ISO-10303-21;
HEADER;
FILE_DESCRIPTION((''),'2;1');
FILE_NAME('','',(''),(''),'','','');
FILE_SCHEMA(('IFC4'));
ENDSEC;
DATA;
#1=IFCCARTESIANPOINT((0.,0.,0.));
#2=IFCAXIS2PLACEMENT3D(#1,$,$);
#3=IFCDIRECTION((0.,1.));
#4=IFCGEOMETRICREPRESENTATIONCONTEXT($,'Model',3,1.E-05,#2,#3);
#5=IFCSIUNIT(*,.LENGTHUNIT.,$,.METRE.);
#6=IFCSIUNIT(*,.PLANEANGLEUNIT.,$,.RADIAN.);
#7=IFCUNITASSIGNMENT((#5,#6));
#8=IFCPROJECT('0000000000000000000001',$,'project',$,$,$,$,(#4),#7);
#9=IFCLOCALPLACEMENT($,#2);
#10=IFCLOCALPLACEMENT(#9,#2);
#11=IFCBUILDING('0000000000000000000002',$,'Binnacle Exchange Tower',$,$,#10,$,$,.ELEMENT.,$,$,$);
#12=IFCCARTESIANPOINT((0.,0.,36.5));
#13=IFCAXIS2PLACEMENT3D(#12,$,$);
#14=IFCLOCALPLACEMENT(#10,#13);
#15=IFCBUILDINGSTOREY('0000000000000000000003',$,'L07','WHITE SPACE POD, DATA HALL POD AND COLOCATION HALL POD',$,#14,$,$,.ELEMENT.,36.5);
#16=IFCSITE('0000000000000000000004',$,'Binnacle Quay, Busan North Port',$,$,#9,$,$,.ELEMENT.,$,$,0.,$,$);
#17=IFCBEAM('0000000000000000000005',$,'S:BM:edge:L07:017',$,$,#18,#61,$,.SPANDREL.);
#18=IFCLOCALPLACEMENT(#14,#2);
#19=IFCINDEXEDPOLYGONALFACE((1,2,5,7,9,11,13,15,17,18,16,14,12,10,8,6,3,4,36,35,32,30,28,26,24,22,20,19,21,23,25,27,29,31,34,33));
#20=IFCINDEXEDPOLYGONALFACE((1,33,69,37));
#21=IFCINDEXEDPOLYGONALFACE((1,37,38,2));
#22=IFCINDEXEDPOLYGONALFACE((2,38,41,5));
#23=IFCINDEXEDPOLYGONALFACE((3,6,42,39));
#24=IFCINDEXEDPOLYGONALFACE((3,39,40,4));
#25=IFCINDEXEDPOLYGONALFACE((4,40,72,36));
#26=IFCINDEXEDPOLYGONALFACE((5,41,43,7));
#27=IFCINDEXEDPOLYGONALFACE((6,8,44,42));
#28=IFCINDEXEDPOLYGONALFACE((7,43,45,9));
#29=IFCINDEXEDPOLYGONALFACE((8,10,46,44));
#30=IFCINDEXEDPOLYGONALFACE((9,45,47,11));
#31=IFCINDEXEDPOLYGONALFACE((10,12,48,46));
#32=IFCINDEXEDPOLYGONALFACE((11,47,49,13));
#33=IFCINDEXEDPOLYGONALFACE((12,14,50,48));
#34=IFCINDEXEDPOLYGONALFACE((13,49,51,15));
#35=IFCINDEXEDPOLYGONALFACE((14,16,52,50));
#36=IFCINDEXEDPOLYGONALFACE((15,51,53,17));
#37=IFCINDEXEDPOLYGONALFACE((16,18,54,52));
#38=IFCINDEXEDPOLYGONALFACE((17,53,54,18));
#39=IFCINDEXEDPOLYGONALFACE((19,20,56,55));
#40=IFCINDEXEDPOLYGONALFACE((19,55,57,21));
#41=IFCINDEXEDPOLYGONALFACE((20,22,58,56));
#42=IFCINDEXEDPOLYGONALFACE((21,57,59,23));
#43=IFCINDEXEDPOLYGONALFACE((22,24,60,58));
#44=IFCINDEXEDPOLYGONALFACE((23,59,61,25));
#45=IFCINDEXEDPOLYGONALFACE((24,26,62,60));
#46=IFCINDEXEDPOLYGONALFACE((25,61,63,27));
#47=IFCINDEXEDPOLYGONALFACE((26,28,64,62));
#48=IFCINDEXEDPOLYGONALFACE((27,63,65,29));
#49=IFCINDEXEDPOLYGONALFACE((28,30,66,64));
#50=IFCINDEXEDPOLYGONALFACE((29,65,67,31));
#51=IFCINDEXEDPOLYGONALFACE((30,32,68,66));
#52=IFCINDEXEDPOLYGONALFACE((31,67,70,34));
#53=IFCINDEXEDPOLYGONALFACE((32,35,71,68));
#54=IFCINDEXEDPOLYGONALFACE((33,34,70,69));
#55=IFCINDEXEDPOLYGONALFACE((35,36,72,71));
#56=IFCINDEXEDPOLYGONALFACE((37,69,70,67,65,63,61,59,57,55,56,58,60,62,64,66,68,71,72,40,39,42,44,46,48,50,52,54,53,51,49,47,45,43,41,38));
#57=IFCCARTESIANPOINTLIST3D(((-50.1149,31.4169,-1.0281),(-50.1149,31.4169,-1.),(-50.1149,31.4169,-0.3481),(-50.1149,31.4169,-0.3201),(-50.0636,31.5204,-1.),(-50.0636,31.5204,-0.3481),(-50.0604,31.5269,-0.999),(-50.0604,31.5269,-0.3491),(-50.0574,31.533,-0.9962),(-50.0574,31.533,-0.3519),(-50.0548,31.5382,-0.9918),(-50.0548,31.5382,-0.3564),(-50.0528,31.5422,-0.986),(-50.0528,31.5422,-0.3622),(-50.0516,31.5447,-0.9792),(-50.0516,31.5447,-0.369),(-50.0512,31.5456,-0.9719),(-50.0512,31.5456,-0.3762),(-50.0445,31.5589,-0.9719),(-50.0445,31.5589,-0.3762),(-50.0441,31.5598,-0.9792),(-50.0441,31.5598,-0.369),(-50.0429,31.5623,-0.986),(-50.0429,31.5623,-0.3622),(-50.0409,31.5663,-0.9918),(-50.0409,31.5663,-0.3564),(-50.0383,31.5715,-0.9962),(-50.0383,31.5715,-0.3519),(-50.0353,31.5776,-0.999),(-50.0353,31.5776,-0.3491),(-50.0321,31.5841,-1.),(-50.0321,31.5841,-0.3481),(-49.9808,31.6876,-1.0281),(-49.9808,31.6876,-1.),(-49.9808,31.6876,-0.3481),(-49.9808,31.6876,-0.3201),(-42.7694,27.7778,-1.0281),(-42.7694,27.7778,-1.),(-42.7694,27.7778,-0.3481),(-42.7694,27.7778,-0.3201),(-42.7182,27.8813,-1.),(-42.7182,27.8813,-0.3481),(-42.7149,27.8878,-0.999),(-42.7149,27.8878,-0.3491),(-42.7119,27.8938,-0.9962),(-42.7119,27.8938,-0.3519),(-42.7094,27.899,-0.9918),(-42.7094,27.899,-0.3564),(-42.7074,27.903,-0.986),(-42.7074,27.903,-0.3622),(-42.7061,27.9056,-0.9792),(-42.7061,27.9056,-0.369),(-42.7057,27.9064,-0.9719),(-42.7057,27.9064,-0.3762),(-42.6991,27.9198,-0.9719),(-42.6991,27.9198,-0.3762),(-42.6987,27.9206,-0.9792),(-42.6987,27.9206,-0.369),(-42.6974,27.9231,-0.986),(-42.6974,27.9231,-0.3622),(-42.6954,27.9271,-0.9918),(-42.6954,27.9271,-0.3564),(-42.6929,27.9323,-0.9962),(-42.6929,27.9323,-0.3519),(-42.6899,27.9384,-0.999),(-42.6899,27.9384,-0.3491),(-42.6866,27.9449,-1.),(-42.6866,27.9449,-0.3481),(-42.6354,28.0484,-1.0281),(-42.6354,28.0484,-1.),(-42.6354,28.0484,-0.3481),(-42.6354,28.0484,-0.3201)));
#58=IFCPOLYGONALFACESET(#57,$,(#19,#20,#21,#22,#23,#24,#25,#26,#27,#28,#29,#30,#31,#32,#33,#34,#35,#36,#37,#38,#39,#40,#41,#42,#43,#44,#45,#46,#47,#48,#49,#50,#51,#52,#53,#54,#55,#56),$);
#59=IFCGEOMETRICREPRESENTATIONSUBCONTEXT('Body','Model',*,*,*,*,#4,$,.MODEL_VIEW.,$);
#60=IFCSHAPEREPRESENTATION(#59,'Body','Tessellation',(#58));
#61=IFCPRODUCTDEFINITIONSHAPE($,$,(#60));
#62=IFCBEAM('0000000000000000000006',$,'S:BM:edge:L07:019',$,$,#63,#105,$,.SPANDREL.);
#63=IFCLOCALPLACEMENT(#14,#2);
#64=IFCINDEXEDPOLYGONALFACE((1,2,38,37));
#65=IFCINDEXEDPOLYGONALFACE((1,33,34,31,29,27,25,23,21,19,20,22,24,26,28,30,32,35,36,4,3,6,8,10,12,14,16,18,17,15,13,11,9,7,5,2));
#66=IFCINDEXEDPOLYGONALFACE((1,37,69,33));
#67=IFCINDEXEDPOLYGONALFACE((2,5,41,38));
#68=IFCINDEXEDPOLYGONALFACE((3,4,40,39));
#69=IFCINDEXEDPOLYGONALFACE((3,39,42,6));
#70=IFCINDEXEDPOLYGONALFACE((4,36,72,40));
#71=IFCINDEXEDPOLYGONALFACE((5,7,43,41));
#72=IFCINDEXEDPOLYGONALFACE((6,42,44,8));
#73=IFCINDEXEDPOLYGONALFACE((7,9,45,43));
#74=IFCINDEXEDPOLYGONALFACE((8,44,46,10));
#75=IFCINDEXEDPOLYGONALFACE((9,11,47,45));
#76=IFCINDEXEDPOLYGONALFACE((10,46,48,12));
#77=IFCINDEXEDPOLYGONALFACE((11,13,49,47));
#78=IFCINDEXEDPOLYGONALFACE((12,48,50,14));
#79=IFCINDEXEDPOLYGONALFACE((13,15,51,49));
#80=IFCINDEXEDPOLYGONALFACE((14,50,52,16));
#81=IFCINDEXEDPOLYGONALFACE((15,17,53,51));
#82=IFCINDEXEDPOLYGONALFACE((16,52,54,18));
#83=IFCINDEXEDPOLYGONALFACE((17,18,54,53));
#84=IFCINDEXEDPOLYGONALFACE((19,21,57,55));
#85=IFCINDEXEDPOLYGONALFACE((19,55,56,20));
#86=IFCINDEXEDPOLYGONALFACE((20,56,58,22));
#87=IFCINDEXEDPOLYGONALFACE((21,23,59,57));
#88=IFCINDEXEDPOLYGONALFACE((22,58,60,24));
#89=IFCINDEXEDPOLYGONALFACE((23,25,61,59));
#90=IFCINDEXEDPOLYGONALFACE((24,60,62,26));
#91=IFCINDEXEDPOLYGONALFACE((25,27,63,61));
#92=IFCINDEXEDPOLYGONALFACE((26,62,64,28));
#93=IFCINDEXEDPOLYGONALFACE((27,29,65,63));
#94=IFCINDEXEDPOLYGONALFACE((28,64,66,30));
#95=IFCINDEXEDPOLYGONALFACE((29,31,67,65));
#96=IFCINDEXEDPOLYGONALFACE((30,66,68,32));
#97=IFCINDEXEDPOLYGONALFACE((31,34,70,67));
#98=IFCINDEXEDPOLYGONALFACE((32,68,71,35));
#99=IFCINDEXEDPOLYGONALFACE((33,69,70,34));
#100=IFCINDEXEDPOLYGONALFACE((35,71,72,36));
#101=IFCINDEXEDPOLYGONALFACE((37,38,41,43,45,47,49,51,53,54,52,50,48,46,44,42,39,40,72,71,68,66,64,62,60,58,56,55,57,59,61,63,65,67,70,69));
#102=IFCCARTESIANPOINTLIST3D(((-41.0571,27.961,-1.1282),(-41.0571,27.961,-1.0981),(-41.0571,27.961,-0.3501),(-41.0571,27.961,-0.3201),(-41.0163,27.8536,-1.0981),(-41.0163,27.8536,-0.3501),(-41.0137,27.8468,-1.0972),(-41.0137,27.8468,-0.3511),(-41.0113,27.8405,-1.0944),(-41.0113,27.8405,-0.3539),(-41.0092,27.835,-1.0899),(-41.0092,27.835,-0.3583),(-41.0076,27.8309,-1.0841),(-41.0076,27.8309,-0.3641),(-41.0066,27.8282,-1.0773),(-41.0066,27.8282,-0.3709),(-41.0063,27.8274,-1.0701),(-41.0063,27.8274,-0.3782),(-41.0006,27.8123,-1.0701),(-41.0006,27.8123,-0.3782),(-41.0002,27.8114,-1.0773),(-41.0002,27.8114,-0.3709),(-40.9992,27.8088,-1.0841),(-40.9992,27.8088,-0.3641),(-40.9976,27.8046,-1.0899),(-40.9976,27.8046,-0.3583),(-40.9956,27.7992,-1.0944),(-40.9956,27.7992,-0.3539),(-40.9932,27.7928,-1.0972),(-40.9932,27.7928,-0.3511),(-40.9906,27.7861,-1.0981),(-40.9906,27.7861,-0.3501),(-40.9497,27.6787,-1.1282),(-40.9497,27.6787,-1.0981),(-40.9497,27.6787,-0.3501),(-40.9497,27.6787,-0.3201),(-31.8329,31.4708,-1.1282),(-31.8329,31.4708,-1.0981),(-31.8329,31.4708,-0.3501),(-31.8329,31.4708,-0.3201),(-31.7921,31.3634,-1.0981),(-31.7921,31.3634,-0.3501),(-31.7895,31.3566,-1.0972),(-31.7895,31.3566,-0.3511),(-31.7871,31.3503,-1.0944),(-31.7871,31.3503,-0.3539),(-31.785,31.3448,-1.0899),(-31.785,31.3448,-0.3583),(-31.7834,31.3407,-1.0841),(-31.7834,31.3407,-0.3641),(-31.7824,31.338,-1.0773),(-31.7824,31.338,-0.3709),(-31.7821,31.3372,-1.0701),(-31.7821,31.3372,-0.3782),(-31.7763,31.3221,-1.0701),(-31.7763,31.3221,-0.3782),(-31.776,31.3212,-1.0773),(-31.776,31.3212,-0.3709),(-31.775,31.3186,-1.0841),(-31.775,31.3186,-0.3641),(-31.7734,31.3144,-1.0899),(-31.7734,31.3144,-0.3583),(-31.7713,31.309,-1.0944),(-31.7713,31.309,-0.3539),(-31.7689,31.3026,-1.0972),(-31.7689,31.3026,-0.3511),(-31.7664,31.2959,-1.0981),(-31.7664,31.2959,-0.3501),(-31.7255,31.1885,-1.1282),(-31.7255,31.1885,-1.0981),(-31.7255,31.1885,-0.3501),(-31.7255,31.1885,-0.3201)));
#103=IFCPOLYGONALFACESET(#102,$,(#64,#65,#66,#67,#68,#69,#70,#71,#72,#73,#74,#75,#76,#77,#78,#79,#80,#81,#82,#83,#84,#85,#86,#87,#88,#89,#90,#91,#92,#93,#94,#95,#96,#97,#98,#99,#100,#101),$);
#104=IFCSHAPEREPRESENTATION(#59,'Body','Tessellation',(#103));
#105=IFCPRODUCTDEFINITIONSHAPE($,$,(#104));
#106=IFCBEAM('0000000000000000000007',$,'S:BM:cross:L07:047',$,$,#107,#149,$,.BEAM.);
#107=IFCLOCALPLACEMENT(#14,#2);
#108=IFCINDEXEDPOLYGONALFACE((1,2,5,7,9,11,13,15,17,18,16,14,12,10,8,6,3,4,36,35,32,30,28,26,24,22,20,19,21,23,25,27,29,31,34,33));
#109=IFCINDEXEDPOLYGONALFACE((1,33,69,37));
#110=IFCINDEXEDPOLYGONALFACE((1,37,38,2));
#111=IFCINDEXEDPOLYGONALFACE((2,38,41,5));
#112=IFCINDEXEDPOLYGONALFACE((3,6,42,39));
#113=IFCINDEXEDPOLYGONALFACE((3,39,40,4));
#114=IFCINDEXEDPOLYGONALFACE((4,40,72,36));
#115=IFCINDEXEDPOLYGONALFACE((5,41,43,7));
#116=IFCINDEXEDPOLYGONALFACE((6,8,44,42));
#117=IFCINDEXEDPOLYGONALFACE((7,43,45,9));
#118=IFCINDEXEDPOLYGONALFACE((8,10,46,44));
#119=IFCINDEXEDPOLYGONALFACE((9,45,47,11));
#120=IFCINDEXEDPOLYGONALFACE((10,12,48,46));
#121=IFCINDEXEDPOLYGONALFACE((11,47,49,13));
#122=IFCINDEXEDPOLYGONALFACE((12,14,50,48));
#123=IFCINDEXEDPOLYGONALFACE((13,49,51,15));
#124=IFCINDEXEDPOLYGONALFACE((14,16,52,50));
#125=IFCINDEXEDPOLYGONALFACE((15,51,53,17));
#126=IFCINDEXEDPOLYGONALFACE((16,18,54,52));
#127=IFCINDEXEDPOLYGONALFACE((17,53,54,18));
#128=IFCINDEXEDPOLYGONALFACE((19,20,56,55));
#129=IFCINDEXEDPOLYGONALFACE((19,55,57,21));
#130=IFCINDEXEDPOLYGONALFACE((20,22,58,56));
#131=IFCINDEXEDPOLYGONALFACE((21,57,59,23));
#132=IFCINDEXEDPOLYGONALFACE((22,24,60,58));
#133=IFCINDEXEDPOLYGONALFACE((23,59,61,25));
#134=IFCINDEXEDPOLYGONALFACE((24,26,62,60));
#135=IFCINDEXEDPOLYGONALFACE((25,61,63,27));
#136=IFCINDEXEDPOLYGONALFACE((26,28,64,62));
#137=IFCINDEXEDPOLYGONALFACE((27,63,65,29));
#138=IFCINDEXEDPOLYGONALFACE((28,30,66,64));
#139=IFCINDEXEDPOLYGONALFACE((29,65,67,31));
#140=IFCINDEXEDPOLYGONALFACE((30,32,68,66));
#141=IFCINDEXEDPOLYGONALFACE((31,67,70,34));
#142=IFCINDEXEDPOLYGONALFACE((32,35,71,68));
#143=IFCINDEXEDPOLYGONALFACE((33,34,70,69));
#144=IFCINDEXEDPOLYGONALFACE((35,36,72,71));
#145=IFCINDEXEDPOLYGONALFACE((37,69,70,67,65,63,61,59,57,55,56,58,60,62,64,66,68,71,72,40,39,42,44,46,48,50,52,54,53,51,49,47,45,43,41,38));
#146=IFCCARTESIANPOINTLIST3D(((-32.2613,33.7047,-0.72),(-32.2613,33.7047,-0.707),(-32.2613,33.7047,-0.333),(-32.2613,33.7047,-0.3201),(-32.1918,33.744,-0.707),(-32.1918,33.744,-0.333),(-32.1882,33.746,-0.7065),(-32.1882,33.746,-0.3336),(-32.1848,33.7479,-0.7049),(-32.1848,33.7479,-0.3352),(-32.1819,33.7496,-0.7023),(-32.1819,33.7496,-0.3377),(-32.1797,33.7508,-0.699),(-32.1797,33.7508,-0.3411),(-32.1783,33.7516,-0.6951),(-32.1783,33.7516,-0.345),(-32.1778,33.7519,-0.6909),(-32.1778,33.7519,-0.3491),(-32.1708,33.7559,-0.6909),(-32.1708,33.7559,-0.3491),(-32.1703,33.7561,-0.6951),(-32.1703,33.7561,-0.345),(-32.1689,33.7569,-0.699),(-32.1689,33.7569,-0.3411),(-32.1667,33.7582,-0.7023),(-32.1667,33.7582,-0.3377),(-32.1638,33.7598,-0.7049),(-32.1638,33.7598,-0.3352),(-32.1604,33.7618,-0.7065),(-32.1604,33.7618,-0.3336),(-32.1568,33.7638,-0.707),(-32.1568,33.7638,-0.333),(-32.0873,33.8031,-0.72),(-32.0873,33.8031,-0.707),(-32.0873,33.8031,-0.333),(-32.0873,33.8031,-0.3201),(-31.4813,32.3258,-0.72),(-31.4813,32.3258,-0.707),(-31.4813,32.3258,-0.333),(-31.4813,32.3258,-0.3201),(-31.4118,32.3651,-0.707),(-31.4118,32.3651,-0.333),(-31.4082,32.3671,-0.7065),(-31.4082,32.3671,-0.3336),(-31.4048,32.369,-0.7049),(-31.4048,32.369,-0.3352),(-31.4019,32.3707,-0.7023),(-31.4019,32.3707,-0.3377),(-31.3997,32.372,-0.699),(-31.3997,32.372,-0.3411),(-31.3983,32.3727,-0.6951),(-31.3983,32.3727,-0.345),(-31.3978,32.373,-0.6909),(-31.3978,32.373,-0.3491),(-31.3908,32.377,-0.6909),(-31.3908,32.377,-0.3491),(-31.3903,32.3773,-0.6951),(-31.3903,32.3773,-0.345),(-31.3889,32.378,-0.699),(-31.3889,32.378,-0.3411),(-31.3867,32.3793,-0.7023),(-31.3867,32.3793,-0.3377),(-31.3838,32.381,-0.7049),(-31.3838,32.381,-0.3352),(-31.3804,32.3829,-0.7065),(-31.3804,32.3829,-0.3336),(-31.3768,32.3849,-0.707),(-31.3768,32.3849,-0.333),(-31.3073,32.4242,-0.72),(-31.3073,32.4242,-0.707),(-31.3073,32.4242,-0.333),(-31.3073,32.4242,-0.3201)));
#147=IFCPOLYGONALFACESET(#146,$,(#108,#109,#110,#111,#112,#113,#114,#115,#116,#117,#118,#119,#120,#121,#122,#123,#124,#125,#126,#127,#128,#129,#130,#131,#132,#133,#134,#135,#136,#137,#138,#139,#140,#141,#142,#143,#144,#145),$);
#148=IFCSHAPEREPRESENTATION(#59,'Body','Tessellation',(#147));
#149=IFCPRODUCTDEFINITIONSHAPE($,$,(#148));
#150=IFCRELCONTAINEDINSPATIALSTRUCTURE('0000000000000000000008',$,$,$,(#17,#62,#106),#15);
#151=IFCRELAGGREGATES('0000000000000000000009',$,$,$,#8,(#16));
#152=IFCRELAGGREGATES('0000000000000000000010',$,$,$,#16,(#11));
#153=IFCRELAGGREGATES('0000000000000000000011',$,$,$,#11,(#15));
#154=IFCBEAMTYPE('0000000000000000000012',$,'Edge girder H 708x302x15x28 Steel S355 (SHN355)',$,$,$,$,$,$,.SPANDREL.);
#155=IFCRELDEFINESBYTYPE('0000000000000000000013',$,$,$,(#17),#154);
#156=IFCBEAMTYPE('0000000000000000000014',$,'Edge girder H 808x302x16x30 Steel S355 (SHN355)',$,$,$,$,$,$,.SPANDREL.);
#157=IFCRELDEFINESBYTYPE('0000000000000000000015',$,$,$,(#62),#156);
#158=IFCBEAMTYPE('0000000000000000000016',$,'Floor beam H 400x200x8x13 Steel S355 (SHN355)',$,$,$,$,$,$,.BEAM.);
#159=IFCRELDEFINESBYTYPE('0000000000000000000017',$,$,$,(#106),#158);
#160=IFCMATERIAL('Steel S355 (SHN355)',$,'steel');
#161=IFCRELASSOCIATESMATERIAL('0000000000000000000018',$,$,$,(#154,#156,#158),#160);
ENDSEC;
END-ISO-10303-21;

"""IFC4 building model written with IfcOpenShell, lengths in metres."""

from ifc_helpers import new_model, si_unit, direction, frame, origin, origin_2d, place, context, subcontext, project, spatial, i_section, extrude, material, material_profile, profile_set, type_object, element, save


model = new_model("IFC4")

# Units and contexts
model_context = context("Model", 3, precision=1e-05, world=origin(), true_north=direction((0.0, 1.0)))
body_context = subcontext(model_context, "Body", "Model", "MODEL_VIEW")
ifc_project = project(units=[si_unit("LENGTHUNIT", "METRE"), si_unit("PLANEANGLEUNIT", "RADIAN")], contexts=[model_context])

# Site, building, storey
site_placement = place(None, origin())
site = spatial("IfcSite", under=ifc_project, at=site_placement, Name="Binnacle Quay, Busan North Port", CompositionType="ELEMENT", RefElevation=0.0)
building_placement = place(site_placement, origin())
building = spatial("IfcBuilding", under=site, at=building_placement, Name="Binnacle Exchange Tower", CompositionType="ELEMENT")
storey_placement = place(building_placement, frame((0.0, 0.0, 36.5)))
storey = spatial("IfcBuildingStorey", under=building, at=storey_placement, Name="L07", Description="WHITE SPACE POD, DATA HALL POD AND COLOCATION HALL POD", CompositionType="ELEMENT", Elevation=36.5)

# Beams
ifc_material_1 = material(Name="Steel S355 (SHN355)", Category="steel")
ifc_material_profile_1 = material_profile(ifc_material_1, i_section(OverallWidth=0.302, OverallDepth=0.708, WebThickness=0.0149, FlangeThickness=0.0281, FilletRadius=0.0281, at=origin_2d()), Name="H 708x302x15x28")
ifc_profile_set_1 = profile_set([ifc_material_profile_1], Name="Steel S355 (SHN355)")
beam_type_1 = type_object("IfcBeamType", Name="Edge girder H 708x302x15x28 Steel S355 (SHN355)", PredefinedType="SPANDREL", material=ifc_profile_set_1)
beam_1_placement = place(storey_placement, frame((-50.0479, 31.5522, -0.6741), z_axis=(0.896059, -0.443935, 0.0), x_axis=(0.443935, 0.896059, 0.0)))
element("IfcBeam", 1, at=beam_1_placement, inside=storey, type_object=beam_type_1, Name="S:BM:edge:L07:017", PredefinedType="SPANDREL", context=body_context, shape_type="SweptSolid", body=[
    extrude(i_section(OverallWidth=0.302, OverallDepth=0.708, WebThickness=0.0149, FlangeThickness=0.0281, FilletRadius=0.0281, at=origin_2d()), origin(), (0.0, 0.0, 1.0), 8.1975),
])
ifc_material_profile_2 = material_profile(ifc_material_1, i_section(OverallWidth=0.302, OverallDepth=0.8081, WebThickness=0.0161, FlangeThickness=0.03, FilletRadius=0.0281, at=origin_2d()), Name="H 808x302x16x30")
ifc_profile_set_2 = profile_set([ifc_material_profile_2], Name="Steel S355 (SHN355)")
beam_type_2 = type_object("IfcBeamType", Name="Edge girder H 808x302x16x30 Steel S355 (SHN355)", PredefinedType="SPANDREL", material=ifc_profile_set_2)
beam_2_placement = place(storey_placement, frame((-41.0034, 27.8198, -0.7241), z_axis=(0.934629, 0.355625, 0.0), x_axis=(-0.355625, 0.934629, 0.0)))
element("IfcBeam", 2, at=beam_2_placement, inside=storey, type_object=beam_type_2, Name="S:BM:edge:L07:019", PredefinedType="SPANDREL", context=body_context, shape_type="SweptSolid", body=[
    extrude(i_section(OverallWidth=0.302, OverallDepth=0.8081, WebThickness=0.0161, FlangeThickness=0.03, FilletRadius=0.0281, at=origin_2d()), origin(), (0.0, 0.0, 1.0), 9.8694),
])
ifc_material_profile_3 = material_profile(ifc_material_1, i_section(OverallWidth=0.2, OverallDepth=0.3999, WebThickness=0.0081, FlangeThickness=0.0129, FilletRadius=0.0161, at=origin_2d()), Name="H 400x200x8x13")
ifc_profile_set_3 = profile_set([ifc_material_profile_3], Name="Steel S355 (SHN355)")
beam_type_3 = type_object("IfcBeamType", Name="Floor beam H 400x200x8x13 Steel S355 (SHN355)", PredefinedType="BEAM", material=ifc_profile_set_3)
beam_3_placement = place(storey_placement, frame((-31.3943, 32.375, -0.52), z_axis=(-0.492367, 0.870388, 0.0), x_axis=(-0.870388, -0.492367, 0.0)))
element("IfcBeam", 3, at=beam_3_placement, inside=storey, type_object=beam_type_3, Name="S:BM:cross:L07:047", PredefinedType="BEAM", context=body_context, shape_type="SweptSolid", body=[
    extrude(i_section(OverallWidth=0.2, OverallDepth=0.3999, WebThickness=0.0081, FlangeThickness=0.0129, FilletRadius=0.0161, at=origin_2d()), origin(), (0.0, 0.0, 1.0), 1.5842),
])

save(model, "model.ifc")
